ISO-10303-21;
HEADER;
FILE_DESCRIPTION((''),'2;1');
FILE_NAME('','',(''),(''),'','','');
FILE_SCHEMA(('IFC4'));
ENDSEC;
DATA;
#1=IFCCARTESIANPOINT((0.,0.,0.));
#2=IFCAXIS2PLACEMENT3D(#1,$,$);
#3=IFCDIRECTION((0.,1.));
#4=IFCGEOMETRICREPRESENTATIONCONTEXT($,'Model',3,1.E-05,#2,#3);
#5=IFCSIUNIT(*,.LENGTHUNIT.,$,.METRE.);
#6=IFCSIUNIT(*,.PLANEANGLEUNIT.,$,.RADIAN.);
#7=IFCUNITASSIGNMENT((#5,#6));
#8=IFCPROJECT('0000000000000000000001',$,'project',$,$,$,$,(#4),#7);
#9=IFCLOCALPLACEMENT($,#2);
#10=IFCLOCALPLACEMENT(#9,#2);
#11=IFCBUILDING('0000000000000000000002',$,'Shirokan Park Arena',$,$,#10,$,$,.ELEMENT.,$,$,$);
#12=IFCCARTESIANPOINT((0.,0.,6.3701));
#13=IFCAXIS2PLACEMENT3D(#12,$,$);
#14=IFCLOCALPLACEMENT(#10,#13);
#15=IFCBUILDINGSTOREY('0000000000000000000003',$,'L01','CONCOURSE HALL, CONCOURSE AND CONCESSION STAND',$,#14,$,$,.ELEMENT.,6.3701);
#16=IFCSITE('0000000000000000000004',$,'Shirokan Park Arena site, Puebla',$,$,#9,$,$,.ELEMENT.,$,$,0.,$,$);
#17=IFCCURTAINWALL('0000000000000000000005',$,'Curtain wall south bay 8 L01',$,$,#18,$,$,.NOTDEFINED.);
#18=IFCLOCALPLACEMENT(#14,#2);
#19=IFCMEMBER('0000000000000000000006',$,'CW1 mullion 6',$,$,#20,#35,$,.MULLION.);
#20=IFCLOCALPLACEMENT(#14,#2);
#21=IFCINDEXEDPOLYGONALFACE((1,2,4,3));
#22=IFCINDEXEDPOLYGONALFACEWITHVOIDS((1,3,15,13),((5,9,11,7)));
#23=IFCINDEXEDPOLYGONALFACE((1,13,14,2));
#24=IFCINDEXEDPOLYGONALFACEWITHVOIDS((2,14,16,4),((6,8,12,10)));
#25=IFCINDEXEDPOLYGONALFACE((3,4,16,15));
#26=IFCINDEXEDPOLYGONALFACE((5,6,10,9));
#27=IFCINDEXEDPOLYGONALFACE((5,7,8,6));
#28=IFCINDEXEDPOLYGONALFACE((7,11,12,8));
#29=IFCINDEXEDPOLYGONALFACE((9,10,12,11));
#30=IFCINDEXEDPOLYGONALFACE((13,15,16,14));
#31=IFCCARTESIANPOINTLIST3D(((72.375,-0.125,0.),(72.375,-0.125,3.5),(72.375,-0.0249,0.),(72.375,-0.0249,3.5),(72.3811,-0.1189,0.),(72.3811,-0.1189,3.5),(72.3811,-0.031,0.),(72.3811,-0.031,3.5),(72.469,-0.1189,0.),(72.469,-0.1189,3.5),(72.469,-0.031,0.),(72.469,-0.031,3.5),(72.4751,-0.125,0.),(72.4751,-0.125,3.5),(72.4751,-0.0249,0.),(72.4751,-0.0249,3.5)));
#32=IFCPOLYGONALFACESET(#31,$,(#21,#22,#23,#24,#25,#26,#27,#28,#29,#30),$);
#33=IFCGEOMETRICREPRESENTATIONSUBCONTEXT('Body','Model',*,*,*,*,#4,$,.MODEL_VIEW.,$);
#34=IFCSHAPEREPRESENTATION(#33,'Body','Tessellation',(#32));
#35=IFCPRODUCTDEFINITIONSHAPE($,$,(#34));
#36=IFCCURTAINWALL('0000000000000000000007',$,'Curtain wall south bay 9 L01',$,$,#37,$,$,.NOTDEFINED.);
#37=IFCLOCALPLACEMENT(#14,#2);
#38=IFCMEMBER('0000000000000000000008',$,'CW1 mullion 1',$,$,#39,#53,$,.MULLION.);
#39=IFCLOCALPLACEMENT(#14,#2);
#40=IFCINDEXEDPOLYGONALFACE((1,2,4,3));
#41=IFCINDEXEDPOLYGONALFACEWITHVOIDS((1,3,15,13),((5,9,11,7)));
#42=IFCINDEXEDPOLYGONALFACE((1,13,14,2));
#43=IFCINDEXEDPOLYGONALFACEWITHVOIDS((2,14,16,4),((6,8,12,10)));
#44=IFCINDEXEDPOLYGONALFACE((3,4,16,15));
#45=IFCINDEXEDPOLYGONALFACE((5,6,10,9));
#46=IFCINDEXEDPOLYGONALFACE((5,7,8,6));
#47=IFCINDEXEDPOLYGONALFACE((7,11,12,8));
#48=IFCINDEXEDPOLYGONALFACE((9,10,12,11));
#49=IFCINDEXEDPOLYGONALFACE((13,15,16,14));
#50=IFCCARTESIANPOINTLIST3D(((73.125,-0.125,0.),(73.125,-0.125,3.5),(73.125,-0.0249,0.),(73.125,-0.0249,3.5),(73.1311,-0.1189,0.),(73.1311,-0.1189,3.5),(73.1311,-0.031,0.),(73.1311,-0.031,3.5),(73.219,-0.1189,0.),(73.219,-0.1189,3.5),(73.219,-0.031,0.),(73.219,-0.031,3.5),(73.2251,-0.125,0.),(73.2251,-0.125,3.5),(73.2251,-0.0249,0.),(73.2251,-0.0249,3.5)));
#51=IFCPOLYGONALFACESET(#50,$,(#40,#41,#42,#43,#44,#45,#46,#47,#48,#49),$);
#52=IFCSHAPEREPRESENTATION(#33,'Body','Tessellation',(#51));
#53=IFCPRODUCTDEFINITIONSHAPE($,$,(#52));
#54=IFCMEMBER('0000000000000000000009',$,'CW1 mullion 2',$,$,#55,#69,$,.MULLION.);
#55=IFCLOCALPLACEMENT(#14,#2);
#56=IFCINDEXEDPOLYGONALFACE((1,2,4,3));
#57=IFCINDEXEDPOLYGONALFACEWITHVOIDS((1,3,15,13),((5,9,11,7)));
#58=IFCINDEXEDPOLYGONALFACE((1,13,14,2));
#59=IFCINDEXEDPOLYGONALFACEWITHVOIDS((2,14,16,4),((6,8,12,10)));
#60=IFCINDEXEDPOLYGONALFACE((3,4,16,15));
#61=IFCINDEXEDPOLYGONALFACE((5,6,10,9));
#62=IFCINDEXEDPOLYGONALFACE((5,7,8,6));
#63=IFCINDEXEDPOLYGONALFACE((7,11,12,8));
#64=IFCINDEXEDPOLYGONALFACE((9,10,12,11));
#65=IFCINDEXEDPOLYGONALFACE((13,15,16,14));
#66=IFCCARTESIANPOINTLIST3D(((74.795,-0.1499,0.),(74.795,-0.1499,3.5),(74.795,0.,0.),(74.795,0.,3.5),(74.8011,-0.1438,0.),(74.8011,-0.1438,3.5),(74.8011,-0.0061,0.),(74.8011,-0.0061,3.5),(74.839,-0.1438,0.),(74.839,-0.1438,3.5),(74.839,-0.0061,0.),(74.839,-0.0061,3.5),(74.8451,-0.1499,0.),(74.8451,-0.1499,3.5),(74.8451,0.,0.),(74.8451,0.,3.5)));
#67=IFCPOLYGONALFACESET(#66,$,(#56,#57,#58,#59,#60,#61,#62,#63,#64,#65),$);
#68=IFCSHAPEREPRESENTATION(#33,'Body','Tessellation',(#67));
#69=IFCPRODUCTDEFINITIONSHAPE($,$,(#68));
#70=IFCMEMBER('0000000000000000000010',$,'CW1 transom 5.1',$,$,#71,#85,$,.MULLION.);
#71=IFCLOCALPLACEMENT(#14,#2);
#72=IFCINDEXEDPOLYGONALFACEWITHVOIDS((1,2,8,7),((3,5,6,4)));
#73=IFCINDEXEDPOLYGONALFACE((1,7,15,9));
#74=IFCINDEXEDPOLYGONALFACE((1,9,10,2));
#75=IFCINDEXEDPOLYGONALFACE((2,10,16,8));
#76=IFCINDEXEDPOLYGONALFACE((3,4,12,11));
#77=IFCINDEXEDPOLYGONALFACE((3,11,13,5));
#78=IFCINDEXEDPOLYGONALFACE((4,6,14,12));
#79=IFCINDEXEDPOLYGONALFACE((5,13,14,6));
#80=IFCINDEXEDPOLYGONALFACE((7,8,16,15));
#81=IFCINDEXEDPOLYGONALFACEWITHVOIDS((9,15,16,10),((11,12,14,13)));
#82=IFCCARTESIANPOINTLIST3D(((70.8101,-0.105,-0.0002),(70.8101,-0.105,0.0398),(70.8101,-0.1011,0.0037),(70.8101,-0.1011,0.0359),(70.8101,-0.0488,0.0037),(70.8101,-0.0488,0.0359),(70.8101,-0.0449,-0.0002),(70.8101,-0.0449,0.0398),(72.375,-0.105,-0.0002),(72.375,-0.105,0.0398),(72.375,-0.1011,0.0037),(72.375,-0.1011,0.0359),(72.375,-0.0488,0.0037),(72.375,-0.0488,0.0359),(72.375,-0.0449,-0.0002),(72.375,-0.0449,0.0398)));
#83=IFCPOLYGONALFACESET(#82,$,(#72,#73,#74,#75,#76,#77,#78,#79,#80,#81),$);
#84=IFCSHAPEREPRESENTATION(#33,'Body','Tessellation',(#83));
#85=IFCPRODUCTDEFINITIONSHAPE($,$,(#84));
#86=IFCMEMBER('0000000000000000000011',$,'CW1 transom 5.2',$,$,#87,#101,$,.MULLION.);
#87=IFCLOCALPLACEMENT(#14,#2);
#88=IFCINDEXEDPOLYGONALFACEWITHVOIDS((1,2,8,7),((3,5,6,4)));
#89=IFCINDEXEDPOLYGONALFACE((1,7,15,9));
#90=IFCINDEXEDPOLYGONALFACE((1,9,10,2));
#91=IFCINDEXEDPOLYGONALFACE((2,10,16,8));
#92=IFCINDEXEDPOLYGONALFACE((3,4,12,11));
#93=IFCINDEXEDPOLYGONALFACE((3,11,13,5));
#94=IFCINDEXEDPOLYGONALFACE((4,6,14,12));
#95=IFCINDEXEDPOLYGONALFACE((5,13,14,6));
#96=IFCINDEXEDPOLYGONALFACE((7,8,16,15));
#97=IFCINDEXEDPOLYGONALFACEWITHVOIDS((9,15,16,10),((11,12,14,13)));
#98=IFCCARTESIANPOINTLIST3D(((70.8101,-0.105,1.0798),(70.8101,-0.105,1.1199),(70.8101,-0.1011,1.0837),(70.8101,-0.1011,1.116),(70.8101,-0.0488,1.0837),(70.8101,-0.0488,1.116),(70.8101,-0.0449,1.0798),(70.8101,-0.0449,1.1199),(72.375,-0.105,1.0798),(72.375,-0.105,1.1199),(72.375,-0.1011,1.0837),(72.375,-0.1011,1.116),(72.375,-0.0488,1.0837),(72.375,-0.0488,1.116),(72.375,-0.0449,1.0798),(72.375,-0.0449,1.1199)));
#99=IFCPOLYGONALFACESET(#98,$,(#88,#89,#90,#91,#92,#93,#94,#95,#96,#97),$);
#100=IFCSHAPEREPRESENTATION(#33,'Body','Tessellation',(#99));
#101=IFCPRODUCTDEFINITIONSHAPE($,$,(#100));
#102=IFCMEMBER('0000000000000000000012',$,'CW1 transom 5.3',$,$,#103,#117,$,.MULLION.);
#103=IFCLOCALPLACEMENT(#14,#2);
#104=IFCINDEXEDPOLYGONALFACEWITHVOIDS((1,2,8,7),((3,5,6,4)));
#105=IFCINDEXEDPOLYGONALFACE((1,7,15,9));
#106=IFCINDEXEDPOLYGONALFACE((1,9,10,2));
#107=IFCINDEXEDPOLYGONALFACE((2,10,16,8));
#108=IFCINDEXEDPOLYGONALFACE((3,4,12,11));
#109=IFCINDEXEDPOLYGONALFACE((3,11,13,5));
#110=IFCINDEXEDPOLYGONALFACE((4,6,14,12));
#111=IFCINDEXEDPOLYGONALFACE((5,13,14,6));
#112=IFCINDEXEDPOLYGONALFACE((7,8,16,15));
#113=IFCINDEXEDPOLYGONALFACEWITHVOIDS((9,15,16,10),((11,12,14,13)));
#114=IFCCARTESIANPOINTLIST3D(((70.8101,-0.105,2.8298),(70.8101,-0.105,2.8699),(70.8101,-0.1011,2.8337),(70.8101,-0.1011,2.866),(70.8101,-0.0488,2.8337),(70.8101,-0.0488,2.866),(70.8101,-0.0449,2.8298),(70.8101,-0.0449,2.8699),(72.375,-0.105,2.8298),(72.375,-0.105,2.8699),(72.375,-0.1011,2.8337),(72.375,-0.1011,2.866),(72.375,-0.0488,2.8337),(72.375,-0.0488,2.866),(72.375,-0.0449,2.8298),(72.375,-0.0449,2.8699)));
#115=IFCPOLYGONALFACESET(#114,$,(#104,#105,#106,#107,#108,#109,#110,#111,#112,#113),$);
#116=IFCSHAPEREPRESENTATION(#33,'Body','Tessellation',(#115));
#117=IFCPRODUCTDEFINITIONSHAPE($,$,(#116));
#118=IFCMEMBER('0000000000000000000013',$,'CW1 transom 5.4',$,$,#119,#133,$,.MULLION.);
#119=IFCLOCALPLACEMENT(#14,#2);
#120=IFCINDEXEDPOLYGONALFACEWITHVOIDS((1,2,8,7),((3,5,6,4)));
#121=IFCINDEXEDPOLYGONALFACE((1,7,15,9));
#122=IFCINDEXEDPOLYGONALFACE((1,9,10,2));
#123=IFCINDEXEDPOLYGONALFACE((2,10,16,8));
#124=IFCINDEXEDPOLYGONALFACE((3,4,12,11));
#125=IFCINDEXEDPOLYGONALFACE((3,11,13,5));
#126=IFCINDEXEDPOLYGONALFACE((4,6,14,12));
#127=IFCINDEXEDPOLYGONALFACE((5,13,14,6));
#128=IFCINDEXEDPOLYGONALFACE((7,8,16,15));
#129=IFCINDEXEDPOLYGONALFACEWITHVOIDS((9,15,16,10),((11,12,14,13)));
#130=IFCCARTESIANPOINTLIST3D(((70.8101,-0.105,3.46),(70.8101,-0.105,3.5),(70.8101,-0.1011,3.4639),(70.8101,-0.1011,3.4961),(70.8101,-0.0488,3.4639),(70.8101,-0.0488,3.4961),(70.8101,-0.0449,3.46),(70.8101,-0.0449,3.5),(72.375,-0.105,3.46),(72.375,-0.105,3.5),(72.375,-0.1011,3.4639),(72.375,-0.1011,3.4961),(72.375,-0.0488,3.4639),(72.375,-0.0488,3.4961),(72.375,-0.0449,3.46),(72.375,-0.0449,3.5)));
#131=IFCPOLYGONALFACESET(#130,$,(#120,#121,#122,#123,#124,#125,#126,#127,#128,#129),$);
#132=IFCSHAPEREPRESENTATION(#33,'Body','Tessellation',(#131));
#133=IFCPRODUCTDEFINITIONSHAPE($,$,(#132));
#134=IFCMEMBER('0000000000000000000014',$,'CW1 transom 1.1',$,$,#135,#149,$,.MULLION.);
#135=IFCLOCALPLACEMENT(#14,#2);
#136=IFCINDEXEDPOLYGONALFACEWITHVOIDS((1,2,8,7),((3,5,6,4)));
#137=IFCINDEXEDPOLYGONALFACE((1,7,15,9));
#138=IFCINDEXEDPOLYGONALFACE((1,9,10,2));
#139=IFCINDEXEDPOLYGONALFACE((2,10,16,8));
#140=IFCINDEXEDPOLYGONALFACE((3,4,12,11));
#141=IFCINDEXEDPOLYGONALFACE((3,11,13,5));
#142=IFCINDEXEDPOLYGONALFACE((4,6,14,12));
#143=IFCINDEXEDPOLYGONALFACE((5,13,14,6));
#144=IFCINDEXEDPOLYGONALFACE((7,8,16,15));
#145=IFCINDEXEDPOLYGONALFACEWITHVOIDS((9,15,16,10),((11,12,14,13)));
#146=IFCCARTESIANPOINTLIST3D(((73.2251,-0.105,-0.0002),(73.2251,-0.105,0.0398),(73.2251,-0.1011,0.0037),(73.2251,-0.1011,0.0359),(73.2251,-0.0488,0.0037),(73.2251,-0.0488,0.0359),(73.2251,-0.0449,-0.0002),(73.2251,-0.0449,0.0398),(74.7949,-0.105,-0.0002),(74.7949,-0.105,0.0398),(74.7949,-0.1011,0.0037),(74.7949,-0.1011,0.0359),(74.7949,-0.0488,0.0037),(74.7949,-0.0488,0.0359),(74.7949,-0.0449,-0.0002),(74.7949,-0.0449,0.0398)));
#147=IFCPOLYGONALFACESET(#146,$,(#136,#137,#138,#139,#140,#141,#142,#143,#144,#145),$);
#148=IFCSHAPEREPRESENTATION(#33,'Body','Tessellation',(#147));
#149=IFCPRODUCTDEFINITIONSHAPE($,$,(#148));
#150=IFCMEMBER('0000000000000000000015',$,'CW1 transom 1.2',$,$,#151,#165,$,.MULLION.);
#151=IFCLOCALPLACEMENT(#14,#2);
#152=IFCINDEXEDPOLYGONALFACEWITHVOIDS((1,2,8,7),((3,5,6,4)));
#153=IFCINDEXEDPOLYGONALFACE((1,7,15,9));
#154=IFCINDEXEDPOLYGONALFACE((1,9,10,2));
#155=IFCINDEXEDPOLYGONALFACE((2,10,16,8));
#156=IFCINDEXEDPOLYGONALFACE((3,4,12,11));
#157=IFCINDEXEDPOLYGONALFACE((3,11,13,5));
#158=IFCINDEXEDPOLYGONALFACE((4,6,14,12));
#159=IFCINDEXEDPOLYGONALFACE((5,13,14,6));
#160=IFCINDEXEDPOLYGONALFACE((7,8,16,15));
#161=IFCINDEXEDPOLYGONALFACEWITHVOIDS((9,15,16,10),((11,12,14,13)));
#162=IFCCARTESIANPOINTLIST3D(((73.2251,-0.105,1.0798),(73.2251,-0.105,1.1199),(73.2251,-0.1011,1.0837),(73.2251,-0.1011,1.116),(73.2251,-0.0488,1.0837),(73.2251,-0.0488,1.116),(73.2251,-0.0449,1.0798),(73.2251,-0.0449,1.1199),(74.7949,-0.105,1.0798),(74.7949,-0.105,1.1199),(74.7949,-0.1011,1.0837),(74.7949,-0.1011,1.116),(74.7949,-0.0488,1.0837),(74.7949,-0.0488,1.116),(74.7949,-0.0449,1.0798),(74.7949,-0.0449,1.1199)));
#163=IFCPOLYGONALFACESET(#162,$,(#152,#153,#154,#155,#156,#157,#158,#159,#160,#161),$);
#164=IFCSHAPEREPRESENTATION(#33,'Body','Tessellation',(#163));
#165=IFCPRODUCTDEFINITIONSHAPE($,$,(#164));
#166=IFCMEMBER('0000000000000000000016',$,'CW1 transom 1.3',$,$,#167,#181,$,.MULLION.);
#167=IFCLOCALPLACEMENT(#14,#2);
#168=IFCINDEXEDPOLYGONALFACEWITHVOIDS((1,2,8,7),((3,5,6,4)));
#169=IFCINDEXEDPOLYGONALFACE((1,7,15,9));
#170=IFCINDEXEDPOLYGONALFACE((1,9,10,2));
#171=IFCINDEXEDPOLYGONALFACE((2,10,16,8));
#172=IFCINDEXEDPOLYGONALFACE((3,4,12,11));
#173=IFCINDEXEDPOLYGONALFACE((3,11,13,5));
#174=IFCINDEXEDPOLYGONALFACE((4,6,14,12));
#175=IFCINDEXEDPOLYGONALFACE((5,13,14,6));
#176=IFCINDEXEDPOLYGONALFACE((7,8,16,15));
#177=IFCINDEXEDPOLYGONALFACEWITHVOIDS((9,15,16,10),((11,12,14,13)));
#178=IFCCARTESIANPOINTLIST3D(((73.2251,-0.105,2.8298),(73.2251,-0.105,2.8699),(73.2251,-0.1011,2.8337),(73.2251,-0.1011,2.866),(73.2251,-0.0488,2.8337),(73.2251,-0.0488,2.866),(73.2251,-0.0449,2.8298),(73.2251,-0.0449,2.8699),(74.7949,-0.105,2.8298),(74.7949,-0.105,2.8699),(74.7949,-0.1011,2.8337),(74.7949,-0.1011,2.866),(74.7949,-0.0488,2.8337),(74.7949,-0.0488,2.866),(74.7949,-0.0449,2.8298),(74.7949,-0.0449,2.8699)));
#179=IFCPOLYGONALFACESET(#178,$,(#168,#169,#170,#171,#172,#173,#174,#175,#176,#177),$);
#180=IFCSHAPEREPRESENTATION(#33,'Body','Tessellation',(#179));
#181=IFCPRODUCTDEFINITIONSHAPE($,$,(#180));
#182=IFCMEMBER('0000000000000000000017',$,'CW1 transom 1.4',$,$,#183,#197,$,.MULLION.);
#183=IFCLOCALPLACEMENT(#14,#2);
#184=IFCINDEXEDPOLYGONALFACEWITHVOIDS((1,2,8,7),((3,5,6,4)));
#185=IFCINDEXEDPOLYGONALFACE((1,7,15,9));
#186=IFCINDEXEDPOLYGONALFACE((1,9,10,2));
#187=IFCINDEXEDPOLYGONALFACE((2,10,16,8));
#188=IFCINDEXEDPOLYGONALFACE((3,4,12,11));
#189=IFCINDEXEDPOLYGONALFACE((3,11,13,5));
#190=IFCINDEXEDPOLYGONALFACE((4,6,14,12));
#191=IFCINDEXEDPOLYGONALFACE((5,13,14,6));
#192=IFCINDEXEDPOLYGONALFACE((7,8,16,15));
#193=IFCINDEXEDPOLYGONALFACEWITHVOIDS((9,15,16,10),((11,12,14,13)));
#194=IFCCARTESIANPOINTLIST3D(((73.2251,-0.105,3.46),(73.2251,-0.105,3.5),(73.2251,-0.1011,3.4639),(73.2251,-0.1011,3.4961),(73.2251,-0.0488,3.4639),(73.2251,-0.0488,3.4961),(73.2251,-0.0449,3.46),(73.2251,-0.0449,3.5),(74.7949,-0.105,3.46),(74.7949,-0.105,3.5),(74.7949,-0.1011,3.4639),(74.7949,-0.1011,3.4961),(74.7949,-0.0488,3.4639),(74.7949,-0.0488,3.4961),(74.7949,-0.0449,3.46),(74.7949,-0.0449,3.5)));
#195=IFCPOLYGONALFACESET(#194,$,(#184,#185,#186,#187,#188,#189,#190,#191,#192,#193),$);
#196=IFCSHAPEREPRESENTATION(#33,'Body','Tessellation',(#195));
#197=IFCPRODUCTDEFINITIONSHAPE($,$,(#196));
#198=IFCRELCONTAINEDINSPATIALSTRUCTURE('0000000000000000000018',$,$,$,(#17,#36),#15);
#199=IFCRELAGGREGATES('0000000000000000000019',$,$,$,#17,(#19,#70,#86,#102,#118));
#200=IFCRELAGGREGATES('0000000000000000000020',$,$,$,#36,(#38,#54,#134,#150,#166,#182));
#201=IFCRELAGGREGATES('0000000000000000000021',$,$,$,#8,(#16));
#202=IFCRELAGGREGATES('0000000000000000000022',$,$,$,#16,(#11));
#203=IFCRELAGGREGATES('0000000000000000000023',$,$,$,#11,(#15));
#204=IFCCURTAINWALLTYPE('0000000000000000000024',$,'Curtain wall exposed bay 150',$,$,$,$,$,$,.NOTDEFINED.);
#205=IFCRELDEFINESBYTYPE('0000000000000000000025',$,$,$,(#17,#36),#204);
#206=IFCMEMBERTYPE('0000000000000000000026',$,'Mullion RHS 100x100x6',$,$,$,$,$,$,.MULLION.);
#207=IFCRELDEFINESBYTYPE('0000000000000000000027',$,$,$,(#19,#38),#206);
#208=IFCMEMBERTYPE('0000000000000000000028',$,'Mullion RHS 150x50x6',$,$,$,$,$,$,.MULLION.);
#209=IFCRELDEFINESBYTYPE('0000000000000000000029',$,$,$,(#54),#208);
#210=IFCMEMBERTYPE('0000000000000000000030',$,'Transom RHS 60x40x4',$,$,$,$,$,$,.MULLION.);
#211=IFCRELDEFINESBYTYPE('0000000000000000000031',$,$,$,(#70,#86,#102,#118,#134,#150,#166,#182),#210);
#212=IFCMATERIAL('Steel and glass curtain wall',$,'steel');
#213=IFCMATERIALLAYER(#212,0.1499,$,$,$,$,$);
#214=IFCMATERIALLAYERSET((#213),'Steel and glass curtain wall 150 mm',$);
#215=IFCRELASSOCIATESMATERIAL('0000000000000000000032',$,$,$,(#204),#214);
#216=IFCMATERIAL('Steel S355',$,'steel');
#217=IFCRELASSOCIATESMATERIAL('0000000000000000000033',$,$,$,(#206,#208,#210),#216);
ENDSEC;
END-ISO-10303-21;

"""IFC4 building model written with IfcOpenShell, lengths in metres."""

from ifc_helpers import new_model, si_unit, direction, frame, origin, origin_2d, place, context, subcontext, project, spatial, hollow_rectangle, extrude, material, layer, layer_set, material_profile, profile_set, type_object, element, aggregate, save


model = new_model("IFC4")

# Units and contexts
model_context = context("Model", 3, precision=1e-05, world=origin(), true_north=direction((0.0, 1.0)))
body_context = subcontext(model_context, "Body", "Model", "MODEL_VIEW")
ifc_project = project(units=[si_unit("LENGTHUNIT", "METRE"), si_unit("PLANEANGLEUNIT", "RADIAN")], contexts=[model_context])

# Site, building, storey
site_placement = place(None, origin())
site = spatial("IfcSite", under=ifc_project, at=site_placement, Name="Shirokan Park Arena site, Puebla", CompositionType="ELEMENT", RefElevation=0.0)
building_placement = place(site_placement, origin())
building = spatial("IfcBuilding", under=site, at=building_placement, Name="Shirokan Park Arena", CompositionType="ELEMENT")
storey_placement = place(building_placement, frame((0.0, 0.0, 6.3701)))
storey = spatial("IfcBuildingStorey", under=building, at=storey_placement, Name="L01", Description="CONCOURSE HALL, CONCOURSE AND CONCESSION STAND", CompositionType="ELEMENT", Elevation=6.3701)

# Curtain wall, member
ifc_material_1 = material(Name="Steel and glass curtain wall", Category="steel")
ifc_layer_1 = layer(ifc_material_1, 0.1499)
ifc_layer_set_1 = layer_set([ifc_layer_1], Name="Steel and glass curtain wall 150 mm")
curtain_wall_type = type_object("IfcCurtainWallType", Name="Curtain wall exposed bay 150", PredefinedType="NOTDEFINED", material=ifc_layer_set_1)
curtain_wall_1_placement = place(storey_placement, origin())
curtain_wall_1 = element("IfcCurtainWall", 1, at=curtain_wall_1_placement, inside=storey, type_object=curtain_wall_type, Name="Curtain wall south bay 8 L01", PredefinedType="NOTDEFINED")
ifc_material_2 = material(Name="Steel S355", Category="steel")
ifc_material_profile_1 = material_profile(ifc_material_2, hollow_rectangle(XDim=0.1001, YDim=0.1001, WallThickness=0.0061, at=origin_2d()), Name="RHS 100x100x6")
ifc_profile_set_1 = profile_set([ifc_material_profile_1], Name="Steel S355")
member_type_1 = type_object("IfcMemberType", Name="Mullion RHS 100x100x6", PredefinedType="MULLION", material=ifc_profile_set_1)
member_1_placement = place(storey_placement, frame((72.425, -0.075, 0.0), z_axis=(0.0, 0.0, 1.0), x_axis=(0.0, 1.0, 0.0)))
member_1 = element("IfcMember", 2, at=member_1_placement, type_object=member_type_1, Name="CW1 mullion 6", PredefinedType="MULLION", context=body_context, shape_type="SweptSolid", body=[
    extrude(hollow_rectangle(XDim=0.1001, YDim=0.1001, WallThickness=0.0061, at=origin_2d()), origin(), (0.0, 0.0, 1.0), 3.5),
])

# Curtain wall, members
curtain_wall_2_placement = place(storey_placement, origin())
curtain_wall_2 = element("IfcCurtainWall", 3, at=curtain_wall_2_placement, inside=storey, type_object=curtain_wall_type, Name="Curtain wall south bay 9 L01", PredefinedType="NOTDEFINED")
member_2_placement = place(storey_placement, frame((73.175, -0.075, 0.0), z_axis=(0.0, 0.0, 1.0), x_axis=(0.0, 1.0, 0.0)))
member_2 = element("IfcMember", 4, at=member_2_placement, type_object=member_type_1, Name="CW1 mullion 1", PredefinedType="MULLION", context=body_context, shape_type="SweptSolid", body=[
    extrude(hollow_rectangle(XDim=0.1001, YDim=0.1001, WallThickness=0.0061, at=origin_2d()), origin(), (0.0, 0.0, 1.0), 3.5),
])
ifc_material_profile_2 = material_profile(ifc_material_2, hollow_rectangle(XDim=0.1499, YDim=0.05, WallThickness=0.0061, at=origin_2d()), Name="RHS 150x50x6")
ifc_profile_set_2 = profile_set([ifc_material_profile_2], Name="Steel S355")
member_type_2 = type_object("IfcMemberType", Name="Mullion RHS 150x50x6", PredefinedType="MULLION", material=ifc_profile_set_2)
member_3_placement = place(storey_placement, frame((74.8201, -0.075, 0.0), z_axis=(0.0, 0.0, 1.0), x_axis=(0.0, 1.0, 0.0)))
member_3 = element("IfcMember", 5, at=member_3_placement, type_object=member_type_2, Name="CW1 mullion 2", PredefinedType="MULLION", context=body_context, shape_type="SweptSolid", body=[
    extrude(hollow_rectangle(XDim=0.1499, YDim=0.05, WallThickness=0.0061, at=origin_2d()), origin(), (0.0, 0.0, 1.0), 3.5),
])

# Members
ifc_material_profile_3 = material_profile(ifc_material_2, hollow_rectangle(XDim=0.0601, YDim=0.04, WallThickness=0.0039, at=origin_2d()), Name="RHS 60x40x4")
ifc_profile_set_3 = profile_set([ifc_material_profile_3], Name="Steel S355")
member_type_3 = type_object("IfcMemberType", Name="Transom RHS 60x40x4", PredefinedType="MULLION", material=ifc_profile_set_3)
member_4_placement = place(storey_placement, frame((70.8101, -0.075, 0.0198), z_axis=(1.0, 0.0, 0.0), x_axis=(0.0, 1.0, 0.0)))
member_4 = element("IfcMember", 6, at=member_4_placement, type_object=member_type_3, Name="CW1 transom 5.1", PredefinedType="MULLION", context=body_context, shape_type="SweptSolid", body=[
    extrude(hollow_rectangle(XDim=0.0601, YDim=0.04, WallThickness=0.0039, at=origin_2d()), origin(), (0.0, 0.0, 1.0), 1.5649),
])
member_5_placement = place(storey_placement, frame((70.8101, -0.075, 1.0999), z_axis=(1.0, 0.0, 0.0), x_axis=(0.0, 1.0, 0.0)))
member_5 = element("IfcMember", 7, at=member_5_placement, type_object=member_type_3, Name="CW1 transom 5.2", PredefinedType="MULLION", context=body_context, shape_type="SweptSolid", body=[
    extrude(hollow_rectangle(XDim=0.0601, YDim=0.04, WallThickness=0.0039, at=origin_2d()), origin(), (0.0, 0.0, 1.0), 1.5649),
])
member_6_placement = place(storey_placement, frame((70.8101, -0.075, 2.8499), z_axis=(1.0, 0.0, 0.0), x_axis=(0.0, 1.0, 0.0)))
member_6 = element("IfcMember", 8, at=member_6_placement, type_object=member_type_3, Name="CW1 transom 5.3", PredefinedType="MULLION", context=body_context, shape_type="SweptSolid", body=[
    extrude(hollow_rectangle(XDim=0.0601, YDim=0.04, WallThickness=0.0039, at=origin_2d()), origin(), (0.0, 0.0, 1.0), 1.5649),
])
member_7_placement = place(storey_placement, frame((70.8101, -0.075, 3.48), z_axis=(1.0, 0.0, 0.0), x_axis=(0.0, 1.0, 0.0)))
member_7 = element("IfcMember", 9, at=member_7_placement, type_object=member_type_3, Name="CW1 transom 5.4", PredefinedType="MULLION", context=body_context, shape_type="SweptSolid", body=[
    extrude(hollow_rectangle(XDim=0.0601, YDim=0.04, WallThickness=0.0039, at=origin_2d()), origin(), (0.0, 0.0, 1.0), 1.5649),
])
member_8_placement = place(storey_placement, frame((73.2251, -0.075, 0.0198), z_axis=(1.0, 0.0, 0.0), x_axis=(0.0, 1.0, 0.0)))
member_8 = element("IfcMember", 10, at=member_8_placement, type_object=member_type_3, Name="CW1 transom 1.1", PredefinedType="MULLION", context=body_context, shape_type="SweptSolid", body=[
    extrude(hollow_rectangle(XDim=0.0601, YDim=0.04, WallThickness=0.0039, at=origin_2d()), origin(), (0.0, 0.0, 1.0), 1.5698),
])
member_9_placement = place(storey_placement, frame((73.2251, -0.075, 1.0999), z_axis=(1.0, 0.0, 0.0), x_axis=(0.0, 1.0, 0.0)))
member_9 = element("IfcMember", 11, at=member_9_placement, type_object=member_type_3, Name="CW1 transom 1.2", PredefinedType="MULLION", context=body_context, shape_type="SweptSolid", body=[
    extrude(hollow_rectangle(XDim=0.0601, YDim=0.04, WallThickness=0.0039, at=origin_2d()), origin(), (0.0, 0.0, 1.0), 1.5698),
])
member_10_placement = place(storey_placement, frame((73.2251, -0.075, 2.8499), z_axis=(1.0, 0.0, 0.0), x_axis=(0.0, 1.0, 0.0)))
member_10 = element("IfcMember", 12, at=member_10_placement, type_object=member_type_3, Name="CW1 transom 1.3", PredefinedType="MULLION", context=body_context, shape_type="SweptSolid", body=[
    extrude(hollow_rectangle(XDim=0.0601, YDim=0.04, WallThickness=0.0039, at=origin_2d()), origin(), (0.0, 0.0, 1.0), 1.5698),
])
member_11_placement = place(storey_placement, frame((73.2251, -0.075, 3.48), z_axis=(1.0, 0.0, 0.0), x_axis=(0.0, 1.0, 0.0)))
member_11 = element("IfcMember", 13, at=member_11_placement, type_object=member_type_3, Name="CW1 transom 1.4", PredefinedType="MULLION", context=body_context, shape_type="SweptSolid", body=[
    extrude(hollow_rectangle(XDim=0.0601, YDim=0.04, WallThickness=0.0039, at=origin_2d()), origin(), (0.0, 0.0, 1.0), 1.5698),
])

aggregate(curtain_wall_1, [member_1, member_4, member_5, member_6, member_7])
aggregate(curtain_wall_2, [member_2, member_3, member_8, member_9, member_10, member_11])

save(model, "model.ifc")
